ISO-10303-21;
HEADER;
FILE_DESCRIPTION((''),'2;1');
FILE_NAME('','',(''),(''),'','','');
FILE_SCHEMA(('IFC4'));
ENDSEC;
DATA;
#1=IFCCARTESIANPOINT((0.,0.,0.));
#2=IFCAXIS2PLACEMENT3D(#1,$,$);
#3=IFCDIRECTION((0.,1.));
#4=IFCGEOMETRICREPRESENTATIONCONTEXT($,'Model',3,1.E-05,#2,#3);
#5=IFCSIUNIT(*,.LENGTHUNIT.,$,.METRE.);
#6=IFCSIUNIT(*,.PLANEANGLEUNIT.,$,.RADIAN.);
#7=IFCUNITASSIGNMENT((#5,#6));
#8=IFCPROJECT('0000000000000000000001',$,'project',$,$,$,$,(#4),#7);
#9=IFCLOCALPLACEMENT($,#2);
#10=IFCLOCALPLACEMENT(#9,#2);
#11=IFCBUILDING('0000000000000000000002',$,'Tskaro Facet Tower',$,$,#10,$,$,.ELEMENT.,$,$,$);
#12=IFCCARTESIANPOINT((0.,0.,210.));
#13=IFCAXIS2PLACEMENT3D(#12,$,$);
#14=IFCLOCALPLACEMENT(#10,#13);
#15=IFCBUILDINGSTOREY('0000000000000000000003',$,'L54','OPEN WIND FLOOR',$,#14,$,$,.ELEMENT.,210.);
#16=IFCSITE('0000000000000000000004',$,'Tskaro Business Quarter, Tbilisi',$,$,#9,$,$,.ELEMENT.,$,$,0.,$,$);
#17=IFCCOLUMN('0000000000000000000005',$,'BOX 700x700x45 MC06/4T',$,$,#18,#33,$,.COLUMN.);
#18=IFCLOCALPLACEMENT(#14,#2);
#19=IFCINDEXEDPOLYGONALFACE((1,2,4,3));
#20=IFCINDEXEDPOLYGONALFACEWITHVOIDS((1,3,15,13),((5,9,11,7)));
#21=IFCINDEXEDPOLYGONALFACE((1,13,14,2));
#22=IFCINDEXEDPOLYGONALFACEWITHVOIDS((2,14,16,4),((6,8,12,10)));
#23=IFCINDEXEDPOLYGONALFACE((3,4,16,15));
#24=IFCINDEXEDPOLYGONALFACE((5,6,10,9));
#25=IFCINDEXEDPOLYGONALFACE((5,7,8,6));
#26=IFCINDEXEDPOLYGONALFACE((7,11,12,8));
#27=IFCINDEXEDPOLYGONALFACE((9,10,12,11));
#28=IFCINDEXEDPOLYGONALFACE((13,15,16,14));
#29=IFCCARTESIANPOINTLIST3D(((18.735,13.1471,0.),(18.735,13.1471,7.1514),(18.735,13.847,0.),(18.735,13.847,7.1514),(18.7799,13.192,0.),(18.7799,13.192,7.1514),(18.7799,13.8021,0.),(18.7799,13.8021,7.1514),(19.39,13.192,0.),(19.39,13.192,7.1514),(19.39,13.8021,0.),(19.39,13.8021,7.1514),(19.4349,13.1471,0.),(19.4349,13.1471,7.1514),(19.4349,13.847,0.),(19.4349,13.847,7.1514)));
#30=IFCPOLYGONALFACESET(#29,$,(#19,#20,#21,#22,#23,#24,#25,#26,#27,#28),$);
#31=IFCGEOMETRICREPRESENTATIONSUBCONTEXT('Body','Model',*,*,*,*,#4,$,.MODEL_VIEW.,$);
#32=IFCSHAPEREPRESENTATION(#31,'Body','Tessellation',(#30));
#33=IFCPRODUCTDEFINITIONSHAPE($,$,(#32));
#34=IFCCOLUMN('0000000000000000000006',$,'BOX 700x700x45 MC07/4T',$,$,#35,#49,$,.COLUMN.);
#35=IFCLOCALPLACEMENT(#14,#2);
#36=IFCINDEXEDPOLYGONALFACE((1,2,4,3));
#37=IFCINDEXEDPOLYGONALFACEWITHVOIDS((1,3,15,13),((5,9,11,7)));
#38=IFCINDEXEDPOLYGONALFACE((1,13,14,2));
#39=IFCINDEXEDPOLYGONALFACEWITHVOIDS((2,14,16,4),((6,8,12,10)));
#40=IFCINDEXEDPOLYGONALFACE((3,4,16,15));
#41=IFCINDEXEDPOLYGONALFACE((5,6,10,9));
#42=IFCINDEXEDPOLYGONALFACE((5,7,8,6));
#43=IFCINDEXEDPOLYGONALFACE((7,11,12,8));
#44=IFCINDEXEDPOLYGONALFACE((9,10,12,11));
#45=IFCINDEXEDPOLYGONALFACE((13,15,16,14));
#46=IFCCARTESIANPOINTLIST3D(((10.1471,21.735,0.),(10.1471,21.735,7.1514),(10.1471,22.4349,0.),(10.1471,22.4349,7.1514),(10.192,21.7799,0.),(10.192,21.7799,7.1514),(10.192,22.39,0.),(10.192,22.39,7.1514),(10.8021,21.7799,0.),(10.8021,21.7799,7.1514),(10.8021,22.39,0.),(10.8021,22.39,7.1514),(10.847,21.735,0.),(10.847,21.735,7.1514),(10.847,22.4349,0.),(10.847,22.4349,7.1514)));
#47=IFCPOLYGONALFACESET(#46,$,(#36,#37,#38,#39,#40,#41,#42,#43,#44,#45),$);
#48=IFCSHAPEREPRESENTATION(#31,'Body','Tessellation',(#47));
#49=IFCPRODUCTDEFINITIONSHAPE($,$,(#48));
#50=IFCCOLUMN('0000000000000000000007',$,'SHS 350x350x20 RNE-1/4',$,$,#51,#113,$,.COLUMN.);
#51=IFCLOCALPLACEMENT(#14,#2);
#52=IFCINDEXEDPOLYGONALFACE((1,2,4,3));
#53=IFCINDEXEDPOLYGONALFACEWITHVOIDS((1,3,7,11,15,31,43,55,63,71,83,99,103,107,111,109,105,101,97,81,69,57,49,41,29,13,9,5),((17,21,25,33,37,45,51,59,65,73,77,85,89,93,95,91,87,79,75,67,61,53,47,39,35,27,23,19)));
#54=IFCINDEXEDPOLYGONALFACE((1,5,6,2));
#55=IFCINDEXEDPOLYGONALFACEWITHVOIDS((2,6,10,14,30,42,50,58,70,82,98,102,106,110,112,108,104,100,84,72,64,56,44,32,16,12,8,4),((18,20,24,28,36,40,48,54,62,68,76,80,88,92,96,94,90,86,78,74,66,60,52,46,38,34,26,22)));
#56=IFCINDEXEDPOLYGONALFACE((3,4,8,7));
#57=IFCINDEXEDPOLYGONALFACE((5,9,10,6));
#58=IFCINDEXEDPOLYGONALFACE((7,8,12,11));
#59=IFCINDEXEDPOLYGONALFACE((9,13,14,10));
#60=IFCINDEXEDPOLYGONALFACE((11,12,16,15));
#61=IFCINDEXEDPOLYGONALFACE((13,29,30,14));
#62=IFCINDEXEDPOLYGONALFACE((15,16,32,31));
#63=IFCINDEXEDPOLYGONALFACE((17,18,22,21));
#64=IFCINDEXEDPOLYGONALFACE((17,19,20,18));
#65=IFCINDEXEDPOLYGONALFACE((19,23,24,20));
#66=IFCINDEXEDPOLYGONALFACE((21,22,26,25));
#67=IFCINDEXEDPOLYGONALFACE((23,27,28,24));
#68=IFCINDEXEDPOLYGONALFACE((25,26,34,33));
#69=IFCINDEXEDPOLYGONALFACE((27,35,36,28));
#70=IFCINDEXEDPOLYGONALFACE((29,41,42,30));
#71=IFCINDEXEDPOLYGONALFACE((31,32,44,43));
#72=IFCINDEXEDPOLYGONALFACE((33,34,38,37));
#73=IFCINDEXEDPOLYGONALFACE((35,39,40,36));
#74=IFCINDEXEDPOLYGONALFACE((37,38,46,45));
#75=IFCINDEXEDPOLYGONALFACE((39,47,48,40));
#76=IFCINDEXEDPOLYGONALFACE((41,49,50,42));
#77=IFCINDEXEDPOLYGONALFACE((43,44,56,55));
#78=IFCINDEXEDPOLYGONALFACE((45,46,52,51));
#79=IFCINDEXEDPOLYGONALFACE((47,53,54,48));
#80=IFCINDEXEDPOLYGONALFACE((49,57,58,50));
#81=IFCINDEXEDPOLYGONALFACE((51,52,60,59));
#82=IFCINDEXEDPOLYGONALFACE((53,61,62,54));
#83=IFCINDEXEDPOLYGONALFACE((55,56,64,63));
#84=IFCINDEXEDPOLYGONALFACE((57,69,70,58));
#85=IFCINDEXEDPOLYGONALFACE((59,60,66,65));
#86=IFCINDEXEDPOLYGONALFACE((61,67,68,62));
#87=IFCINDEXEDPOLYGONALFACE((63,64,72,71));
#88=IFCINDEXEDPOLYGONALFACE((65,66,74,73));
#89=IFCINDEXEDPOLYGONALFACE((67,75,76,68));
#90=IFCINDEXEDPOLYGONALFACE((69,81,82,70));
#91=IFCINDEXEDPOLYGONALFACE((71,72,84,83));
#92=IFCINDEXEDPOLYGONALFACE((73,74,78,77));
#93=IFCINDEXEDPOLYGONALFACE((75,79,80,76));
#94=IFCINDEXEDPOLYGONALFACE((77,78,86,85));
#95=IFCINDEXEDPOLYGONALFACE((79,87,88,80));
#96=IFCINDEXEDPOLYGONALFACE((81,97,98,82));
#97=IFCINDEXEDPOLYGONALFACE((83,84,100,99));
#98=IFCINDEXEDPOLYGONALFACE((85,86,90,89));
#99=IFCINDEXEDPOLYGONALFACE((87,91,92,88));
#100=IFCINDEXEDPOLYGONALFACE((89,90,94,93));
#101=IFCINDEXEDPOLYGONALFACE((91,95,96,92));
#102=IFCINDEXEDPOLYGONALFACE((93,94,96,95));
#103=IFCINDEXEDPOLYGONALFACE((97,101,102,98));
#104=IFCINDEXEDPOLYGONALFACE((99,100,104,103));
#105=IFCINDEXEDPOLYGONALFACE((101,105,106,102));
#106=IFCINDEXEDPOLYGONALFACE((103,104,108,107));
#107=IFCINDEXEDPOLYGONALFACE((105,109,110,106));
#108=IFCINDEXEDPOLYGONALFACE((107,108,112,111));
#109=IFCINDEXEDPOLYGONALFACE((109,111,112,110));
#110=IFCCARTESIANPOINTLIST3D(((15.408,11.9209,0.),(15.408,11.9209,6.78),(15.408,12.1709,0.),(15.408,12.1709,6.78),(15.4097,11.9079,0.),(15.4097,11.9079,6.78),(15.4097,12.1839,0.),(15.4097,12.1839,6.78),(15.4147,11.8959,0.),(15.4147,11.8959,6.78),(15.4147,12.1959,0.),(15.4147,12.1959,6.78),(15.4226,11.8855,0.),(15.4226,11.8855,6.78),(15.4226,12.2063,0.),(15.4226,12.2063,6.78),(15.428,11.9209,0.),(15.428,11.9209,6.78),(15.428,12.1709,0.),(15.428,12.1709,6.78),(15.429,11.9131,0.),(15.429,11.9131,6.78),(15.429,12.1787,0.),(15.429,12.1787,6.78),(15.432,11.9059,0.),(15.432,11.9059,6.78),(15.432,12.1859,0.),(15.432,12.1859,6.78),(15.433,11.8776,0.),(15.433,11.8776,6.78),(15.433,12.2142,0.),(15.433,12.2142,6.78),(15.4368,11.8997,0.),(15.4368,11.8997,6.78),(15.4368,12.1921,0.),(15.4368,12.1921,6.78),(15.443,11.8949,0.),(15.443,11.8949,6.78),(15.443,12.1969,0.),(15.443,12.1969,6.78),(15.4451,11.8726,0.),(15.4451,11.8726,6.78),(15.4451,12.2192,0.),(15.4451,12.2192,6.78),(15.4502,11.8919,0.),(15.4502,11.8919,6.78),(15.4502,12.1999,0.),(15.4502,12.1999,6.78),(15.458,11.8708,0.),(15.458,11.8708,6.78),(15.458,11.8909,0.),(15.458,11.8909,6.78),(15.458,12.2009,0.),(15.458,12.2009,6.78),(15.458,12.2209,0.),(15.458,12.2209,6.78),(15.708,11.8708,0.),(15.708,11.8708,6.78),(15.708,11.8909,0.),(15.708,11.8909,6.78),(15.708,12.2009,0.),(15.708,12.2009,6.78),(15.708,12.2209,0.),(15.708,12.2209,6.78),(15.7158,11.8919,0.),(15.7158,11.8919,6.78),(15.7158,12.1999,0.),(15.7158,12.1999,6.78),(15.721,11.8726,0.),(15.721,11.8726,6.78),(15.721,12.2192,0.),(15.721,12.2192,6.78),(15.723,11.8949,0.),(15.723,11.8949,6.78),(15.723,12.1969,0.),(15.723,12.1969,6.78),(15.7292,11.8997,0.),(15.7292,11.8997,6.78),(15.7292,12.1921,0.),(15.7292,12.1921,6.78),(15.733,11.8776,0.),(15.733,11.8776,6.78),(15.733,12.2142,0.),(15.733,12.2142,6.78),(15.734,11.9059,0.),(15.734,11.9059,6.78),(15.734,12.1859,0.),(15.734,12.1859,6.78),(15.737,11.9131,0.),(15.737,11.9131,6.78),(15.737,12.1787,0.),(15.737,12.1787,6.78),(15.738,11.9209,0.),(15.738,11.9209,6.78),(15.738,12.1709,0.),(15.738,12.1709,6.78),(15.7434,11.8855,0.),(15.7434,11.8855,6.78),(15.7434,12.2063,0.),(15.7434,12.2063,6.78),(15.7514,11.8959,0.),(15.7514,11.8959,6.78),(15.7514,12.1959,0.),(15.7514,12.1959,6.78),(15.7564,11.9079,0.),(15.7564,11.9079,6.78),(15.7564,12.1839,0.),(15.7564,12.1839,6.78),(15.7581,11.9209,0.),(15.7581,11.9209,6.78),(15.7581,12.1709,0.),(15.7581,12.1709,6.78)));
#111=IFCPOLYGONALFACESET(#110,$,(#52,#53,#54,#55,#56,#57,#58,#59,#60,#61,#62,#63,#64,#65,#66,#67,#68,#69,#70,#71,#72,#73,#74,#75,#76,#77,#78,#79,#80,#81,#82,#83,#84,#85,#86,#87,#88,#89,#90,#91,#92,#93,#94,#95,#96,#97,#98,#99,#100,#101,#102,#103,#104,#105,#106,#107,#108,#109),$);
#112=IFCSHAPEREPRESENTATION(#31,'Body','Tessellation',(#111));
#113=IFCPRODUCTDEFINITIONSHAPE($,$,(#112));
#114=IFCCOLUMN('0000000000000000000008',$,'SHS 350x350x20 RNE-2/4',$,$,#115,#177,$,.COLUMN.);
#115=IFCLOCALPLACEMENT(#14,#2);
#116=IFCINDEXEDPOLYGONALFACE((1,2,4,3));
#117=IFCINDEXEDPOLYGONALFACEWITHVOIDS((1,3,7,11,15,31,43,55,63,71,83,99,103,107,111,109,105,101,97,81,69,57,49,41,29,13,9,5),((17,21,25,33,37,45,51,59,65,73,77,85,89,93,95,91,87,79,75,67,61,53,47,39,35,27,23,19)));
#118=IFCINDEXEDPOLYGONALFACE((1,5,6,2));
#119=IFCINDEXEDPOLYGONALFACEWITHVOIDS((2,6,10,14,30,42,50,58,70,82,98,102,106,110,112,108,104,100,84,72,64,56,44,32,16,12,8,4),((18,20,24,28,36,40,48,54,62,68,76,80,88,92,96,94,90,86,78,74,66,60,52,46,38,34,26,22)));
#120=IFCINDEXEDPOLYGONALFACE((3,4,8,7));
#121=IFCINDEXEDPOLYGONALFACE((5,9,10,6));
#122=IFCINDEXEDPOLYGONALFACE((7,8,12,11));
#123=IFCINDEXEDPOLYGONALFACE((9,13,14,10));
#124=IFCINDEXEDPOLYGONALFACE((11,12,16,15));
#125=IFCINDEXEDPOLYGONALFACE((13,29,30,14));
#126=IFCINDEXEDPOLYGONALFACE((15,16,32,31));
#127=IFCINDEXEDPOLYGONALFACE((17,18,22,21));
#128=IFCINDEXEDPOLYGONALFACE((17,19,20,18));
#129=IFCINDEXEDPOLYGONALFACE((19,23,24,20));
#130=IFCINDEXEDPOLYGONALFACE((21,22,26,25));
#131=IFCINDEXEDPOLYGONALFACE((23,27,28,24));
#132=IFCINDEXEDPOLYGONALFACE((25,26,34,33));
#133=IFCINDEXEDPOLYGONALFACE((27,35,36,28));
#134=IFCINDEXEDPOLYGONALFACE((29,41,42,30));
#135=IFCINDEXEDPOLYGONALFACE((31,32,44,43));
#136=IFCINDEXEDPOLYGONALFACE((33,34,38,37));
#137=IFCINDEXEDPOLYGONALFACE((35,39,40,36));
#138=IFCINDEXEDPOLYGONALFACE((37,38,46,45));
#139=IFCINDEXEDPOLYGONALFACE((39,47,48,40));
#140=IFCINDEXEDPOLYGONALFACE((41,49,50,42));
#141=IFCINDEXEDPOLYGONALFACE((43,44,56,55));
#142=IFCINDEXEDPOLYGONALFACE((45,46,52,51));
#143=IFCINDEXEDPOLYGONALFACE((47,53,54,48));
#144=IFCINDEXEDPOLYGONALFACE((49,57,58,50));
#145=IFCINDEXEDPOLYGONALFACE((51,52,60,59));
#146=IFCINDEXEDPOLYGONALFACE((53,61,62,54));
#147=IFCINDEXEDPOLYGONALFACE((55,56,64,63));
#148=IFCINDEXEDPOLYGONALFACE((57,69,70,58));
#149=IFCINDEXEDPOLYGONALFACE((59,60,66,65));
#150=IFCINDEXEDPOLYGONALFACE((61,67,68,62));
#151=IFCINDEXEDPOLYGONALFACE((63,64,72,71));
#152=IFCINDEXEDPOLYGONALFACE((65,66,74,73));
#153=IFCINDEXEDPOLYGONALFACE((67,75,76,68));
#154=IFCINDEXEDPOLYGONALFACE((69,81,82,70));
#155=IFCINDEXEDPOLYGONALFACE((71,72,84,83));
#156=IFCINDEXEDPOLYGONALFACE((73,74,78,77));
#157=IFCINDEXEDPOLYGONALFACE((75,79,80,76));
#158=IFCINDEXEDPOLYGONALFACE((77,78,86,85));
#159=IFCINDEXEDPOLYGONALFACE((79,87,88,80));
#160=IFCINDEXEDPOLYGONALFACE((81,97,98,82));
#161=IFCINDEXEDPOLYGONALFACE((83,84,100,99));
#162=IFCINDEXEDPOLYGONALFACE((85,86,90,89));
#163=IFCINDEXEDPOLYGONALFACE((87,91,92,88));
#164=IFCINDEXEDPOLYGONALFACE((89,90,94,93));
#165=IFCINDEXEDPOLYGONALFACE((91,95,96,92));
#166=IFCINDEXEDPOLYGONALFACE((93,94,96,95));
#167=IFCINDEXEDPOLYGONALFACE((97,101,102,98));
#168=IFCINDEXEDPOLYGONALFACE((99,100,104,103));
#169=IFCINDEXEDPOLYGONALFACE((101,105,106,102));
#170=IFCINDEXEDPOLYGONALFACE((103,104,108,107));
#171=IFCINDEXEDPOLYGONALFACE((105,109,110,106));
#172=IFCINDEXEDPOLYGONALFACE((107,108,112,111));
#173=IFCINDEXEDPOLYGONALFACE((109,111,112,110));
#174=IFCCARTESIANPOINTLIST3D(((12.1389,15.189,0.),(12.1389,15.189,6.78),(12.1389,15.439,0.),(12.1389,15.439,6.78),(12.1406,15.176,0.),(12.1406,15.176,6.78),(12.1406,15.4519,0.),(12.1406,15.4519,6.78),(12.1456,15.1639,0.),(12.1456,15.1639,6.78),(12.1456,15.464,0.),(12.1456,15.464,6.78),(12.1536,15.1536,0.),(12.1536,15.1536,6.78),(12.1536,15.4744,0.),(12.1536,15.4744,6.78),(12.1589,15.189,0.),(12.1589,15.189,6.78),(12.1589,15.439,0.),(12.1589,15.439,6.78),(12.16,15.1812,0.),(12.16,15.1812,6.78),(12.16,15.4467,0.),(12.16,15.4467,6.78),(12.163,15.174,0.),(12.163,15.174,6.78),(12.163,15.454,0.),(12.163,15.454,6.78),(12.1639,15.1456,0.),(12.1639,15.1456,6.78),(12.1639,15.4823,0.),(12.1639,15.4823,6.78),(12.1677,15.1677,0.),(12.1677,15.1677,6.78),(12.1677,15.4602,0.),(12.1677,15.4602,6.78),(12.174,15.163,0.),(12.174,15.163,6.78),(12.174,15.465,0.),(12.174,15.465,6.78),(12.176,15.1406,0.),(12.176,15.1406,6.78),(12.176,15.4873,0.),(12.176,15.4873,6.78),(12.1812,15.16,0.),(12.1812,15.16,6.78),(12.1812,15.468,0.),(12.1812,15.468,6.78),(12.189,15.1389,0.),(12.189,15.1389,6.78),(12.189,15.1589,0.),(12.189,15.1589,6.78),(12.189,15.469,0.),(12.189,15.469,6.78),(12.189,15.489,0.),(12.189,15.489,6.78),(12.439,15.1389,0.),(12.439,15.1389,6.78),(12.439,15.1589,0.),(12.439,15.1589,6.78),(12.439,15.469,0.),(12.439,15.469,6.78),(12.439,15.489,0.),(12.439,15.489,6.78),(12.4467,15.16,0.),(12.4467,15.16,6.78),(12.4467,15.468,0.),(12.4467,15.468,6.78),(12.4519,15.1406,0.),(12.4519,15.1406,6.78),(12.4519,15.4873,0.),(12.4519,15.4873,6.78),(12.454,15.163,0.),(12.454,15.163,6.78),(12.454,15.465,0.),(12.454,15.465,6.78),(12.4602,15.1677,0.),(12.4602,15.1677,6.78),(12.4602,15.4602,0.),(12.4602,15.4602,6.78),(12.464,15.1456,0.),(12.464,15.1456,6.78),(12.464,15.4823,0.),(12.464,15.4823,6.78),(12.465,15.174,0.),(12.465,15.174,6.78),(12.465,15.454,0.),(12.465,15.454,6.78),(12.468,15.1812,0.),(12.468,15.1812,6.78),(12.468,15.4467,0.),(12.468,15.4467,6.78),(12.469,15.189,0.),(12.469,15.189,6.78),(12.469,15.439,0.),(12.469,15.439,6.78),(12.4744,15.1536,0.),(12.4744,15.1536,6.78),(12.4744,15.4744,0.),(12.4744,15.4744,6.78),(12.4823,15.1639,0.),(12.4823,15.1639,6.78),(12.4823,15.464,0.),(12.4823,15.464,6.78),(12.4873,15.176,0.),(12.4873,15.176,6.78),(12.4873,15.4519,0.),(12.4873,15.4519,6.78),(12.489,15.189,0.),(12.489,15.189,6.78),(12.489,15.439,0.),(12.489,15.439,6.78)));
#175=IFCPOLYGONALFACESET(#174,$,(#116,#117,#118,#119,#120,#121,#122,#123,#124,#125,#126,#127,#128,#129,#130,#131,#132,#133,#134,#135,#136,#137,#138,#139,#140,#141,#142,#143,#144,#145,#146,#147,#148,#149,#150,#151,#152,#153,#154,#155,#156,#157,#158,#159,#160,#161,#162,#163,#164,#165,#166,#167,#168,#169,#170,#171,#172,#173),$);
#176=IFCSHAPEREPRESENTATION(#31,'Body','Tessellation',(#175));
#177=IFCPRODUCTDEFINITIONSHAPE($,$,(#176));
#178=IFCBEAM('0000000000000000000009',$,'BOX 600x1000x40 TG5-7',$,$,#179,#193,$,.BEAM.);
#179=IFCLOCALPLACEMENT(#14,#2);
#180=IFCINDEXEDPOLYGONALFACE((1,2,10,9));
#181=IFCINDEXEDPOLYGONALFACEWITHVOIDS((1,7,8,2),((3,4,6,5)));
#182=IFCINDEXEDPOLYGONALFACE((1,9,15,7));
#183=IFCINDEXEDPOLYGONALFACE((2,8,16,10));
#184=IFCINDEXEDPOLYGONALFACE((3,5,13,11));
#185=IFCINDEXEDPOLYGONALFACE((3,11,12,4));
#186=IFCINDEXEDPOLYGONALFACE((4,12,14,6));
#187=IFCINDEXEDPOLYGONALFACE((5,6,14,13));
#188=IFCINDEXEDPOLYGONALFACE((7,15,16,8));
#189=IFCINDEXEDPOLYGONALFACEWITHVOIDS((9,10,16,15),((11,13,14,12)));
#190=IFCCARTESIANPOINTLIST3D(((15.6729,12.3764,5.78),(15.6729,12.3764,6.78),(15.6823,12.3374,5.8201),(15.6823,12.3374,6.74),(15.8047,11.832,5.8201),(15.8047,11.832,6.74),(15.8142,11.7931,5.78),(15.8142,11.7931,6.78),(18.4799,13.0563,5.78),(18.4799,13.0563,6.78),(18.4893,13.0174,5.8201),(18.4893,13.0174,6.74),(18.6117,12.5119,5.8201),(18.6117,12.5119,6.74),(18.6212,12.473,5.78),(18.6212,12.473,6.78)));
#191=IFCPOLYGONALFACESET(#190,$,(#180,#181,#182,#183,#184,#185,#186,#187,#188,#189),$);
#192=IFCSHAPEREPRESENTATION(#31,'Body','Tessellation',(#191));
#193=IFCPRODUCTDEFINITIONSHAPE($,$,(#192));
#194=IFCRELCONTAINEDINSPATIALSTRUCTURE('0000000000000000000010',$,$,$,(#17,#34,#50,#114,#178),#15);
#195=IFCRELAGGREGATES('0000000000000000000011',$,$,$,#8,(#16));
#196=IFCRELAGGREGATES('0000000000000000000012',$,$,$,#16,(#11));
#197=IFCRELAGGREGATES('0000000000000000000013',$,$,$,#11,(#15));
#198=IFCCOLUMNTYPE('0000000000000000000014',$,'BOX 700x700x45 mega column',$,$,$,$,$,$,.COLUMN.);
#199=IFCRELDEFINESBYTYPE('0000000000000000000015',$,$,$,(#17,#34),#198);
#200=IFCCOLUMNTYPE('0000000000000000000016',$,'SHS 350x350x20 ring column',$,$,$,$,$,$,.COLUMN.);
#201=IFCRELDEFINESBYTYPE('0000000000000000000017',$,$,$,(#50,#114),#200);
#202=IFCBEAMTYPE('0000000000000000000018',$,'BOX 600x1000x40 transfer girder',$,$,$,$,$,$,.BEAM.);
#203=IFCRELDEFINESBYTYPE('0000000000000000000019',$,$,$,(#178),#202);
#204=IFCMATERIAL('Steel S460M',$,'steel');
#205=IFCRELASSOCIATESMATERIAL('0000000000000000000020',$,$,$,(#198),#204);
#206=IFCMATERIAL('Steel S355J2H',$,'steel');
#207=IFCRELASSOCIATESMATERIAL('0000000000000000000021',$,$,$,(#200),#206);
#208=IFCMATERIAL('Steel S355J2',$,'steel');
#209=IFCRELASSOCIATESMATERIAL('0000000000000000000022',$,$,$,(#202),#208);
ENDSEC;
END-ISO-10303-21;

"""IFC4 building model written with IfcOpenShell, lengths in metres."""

from ifc_helpers import new_model, si_unit, direction, frame, origin, origin_2d, place, context, subcontext, project, spatial, hollow_rectangle, extrude, material, material_profile, profile_set, type_object, element, save


model = new_model("IFC4")

# Units and contexts
model_context = context("Model", 3, precision=1e-05, world=origin(), true_north=direction((0.0, 1.0)))
body_context = subcontext(model_context, "Body", "Model", "MODEL_VIEW")
ifc_project = project(units=[si_unit("LENGTHUNIT", "METRE"), si_unit("PLANEANGLEUNIT", "RADIAN")], contexts=[model_context])

# Site, building, storey
site_placement = place(None, origin())
site = spatial("IfcSite", under=ifc_project, at=site_placement, Name="Tskaro Business Quarter, Tbilisi", CompositionType="ELEMENT", RefElevation=0.0)
building_placement = place(site_placement, origin())
building = spatial("IfcBuilding", under=site, at=building_placement, Name="Tskaro Facet Tower", CompositionType="ELEMENT")
storey_placement = place(building_placement, frame((0.0, 0.0, 210.0)))
storey = spatial("IfcBuildingStorey", under=building, at=storey_placement, Name="L54", Description="OPEN WIND FLOOR", CompositionType="ELEMENT", Elevation=210.0)

# Columns
ifc_material_1 = material(Name="Steel S460M", Category="steel")
ifc_material_profile_1 = material_profile(ifc_material_1, hollow_rectangle(XDim=0.7, YDim=0.7, WallThickness=0.0449, at=origin_2d()), Name="BOX 700x700x45")
ifc_profile_set_1 = profile_set([ifc_material_profile_1], Name="Steel S460M")
column_type_1 = type_object("IfcColumnType", Name="BOX 700x700x45 mega column", PredefinedType="COLUMN", material=ifc_profile_set_1)
for number, where, z_axis, x_axis, name in (
    (1, (19.085, 13.4971, 0.0), (0.0, 0.0, 1.0), (1.0, 0.0, 0.0), "BOX 700x700x45 MC06/4T"),
    (2, (10.4971, 22.085, 0.0), (0.0, 0.0, 1.0), (1.0, 0.0, 0.0), "BOX 700x700x45 MC07/4T"),
):
    element("IfcColumn", number, at=place(storey_placement, frame(where, z_axis=z_axis, x_axis=x_axis)), inside=storey, type_object=column_type_1, Name=name, PredefinedType="COLUMN", context=body_context, shape_type="SweptSolid", body=[
        extrude(hollow_rectangle(XDim=0.7, YDim=0.7, WallThickness=0.0449, at=origin_2d()), origin(), (0.0, 0.0, 1.0), 7.1514),
    ])
ifc_material_2 = material(Name="Steel S355J2H", Category="steel")
ifc_material_profile_2 = material_profile(ifc_material_2, hollow_rectangle(XDim=0.3501, YDim=0.3501, WallThickness=0.02, InnerFilletRadius=0.03, OuterFilletRadius=0.05, at=origin_2d()), Name="SHS 350x350x20")
ifc_profile_set_2 = profile_set([ifc_material_profile_2], Name="Steel S355J2H")
column_type_2 = type_object("IfcColumnType", Name="SHS 350x350x20 ring column", PredefinedType="COLUMN", material=ifc_profile_set_2)
for number, where, z_axis, x_axis, name in (
    (3, (15.583, 12.0459, 0.0), (0.0, 0.0, 1.0), (1.0, 0.0, 0.0), "SHS 350x350x20 RNE-1/4"),
    (4, (12.314, 15.314, 0.0), (0.0, 0.0, 1.0), (1.0, 0.0, 0.0), "SHS 350x350x20 RNE-2/4"),
):
    element("IfcColumn", number, at=place(storey_placement, frame(where, z_axis=z_axis, x_axis=x_axis)), inside=storey, type_object=column_type_2, Name=name, PredefinedType="COLUMN", context=body_context, shape_type="SweptSolid", body=[
        extrude(hollow_rectangle(XDim=0.3501, YDim=0.3501, WallThickness=0.02, InnerFilletRadius=0.03, OuterFilletRadius=0.05, at=origin_2d()), origin(), (0.0, 0.0, 1.0), 6.78),
    ])

# Beam
ifc_material_3 = material(Name="Steel S355J2", Category="steel")
ifc_material_profile_3 = material_profile(ifc_material_3, hollow_rectangle(XDim=0.6001, YDim=1.0, WallThickness=0.04, at=origin_2d()), Name="BOX 600x1000x40")
ifc_profile_set_3 = profile_set([ifc_material_profile_3], Name="Steel S355J2")
beam_type_1 = type_object("IfcBeamType", Name="BOX 600x1000x40 transfer girder", PredefinedType="BEAM", material=ifc_profile_set_3)
beam_1_placement = place(storey_placement, frame((18.5505, 12.7646, 6.28), z_axis=(-0.971896, -0.235409, 0.0), x_axis=(0.235409, -0.971896, 0.0)))
element("IfcBeam", 5, at=beam_1_placement, inside=storey, type_object=beam_type_1, Name="BOX 600x1000x40 TG5-7", PredefinedType="BEAM", context=body_context, shape_type="SweptSolid", body=[
    extrude(hollow_rectangle(XDim=0.6001, YDim=1.0, WallThickness=0.04, at=origin_2d()), origin(), (0.0, 0.0, 1.0), 2.8882),
])

save(model, "model.ifc")
